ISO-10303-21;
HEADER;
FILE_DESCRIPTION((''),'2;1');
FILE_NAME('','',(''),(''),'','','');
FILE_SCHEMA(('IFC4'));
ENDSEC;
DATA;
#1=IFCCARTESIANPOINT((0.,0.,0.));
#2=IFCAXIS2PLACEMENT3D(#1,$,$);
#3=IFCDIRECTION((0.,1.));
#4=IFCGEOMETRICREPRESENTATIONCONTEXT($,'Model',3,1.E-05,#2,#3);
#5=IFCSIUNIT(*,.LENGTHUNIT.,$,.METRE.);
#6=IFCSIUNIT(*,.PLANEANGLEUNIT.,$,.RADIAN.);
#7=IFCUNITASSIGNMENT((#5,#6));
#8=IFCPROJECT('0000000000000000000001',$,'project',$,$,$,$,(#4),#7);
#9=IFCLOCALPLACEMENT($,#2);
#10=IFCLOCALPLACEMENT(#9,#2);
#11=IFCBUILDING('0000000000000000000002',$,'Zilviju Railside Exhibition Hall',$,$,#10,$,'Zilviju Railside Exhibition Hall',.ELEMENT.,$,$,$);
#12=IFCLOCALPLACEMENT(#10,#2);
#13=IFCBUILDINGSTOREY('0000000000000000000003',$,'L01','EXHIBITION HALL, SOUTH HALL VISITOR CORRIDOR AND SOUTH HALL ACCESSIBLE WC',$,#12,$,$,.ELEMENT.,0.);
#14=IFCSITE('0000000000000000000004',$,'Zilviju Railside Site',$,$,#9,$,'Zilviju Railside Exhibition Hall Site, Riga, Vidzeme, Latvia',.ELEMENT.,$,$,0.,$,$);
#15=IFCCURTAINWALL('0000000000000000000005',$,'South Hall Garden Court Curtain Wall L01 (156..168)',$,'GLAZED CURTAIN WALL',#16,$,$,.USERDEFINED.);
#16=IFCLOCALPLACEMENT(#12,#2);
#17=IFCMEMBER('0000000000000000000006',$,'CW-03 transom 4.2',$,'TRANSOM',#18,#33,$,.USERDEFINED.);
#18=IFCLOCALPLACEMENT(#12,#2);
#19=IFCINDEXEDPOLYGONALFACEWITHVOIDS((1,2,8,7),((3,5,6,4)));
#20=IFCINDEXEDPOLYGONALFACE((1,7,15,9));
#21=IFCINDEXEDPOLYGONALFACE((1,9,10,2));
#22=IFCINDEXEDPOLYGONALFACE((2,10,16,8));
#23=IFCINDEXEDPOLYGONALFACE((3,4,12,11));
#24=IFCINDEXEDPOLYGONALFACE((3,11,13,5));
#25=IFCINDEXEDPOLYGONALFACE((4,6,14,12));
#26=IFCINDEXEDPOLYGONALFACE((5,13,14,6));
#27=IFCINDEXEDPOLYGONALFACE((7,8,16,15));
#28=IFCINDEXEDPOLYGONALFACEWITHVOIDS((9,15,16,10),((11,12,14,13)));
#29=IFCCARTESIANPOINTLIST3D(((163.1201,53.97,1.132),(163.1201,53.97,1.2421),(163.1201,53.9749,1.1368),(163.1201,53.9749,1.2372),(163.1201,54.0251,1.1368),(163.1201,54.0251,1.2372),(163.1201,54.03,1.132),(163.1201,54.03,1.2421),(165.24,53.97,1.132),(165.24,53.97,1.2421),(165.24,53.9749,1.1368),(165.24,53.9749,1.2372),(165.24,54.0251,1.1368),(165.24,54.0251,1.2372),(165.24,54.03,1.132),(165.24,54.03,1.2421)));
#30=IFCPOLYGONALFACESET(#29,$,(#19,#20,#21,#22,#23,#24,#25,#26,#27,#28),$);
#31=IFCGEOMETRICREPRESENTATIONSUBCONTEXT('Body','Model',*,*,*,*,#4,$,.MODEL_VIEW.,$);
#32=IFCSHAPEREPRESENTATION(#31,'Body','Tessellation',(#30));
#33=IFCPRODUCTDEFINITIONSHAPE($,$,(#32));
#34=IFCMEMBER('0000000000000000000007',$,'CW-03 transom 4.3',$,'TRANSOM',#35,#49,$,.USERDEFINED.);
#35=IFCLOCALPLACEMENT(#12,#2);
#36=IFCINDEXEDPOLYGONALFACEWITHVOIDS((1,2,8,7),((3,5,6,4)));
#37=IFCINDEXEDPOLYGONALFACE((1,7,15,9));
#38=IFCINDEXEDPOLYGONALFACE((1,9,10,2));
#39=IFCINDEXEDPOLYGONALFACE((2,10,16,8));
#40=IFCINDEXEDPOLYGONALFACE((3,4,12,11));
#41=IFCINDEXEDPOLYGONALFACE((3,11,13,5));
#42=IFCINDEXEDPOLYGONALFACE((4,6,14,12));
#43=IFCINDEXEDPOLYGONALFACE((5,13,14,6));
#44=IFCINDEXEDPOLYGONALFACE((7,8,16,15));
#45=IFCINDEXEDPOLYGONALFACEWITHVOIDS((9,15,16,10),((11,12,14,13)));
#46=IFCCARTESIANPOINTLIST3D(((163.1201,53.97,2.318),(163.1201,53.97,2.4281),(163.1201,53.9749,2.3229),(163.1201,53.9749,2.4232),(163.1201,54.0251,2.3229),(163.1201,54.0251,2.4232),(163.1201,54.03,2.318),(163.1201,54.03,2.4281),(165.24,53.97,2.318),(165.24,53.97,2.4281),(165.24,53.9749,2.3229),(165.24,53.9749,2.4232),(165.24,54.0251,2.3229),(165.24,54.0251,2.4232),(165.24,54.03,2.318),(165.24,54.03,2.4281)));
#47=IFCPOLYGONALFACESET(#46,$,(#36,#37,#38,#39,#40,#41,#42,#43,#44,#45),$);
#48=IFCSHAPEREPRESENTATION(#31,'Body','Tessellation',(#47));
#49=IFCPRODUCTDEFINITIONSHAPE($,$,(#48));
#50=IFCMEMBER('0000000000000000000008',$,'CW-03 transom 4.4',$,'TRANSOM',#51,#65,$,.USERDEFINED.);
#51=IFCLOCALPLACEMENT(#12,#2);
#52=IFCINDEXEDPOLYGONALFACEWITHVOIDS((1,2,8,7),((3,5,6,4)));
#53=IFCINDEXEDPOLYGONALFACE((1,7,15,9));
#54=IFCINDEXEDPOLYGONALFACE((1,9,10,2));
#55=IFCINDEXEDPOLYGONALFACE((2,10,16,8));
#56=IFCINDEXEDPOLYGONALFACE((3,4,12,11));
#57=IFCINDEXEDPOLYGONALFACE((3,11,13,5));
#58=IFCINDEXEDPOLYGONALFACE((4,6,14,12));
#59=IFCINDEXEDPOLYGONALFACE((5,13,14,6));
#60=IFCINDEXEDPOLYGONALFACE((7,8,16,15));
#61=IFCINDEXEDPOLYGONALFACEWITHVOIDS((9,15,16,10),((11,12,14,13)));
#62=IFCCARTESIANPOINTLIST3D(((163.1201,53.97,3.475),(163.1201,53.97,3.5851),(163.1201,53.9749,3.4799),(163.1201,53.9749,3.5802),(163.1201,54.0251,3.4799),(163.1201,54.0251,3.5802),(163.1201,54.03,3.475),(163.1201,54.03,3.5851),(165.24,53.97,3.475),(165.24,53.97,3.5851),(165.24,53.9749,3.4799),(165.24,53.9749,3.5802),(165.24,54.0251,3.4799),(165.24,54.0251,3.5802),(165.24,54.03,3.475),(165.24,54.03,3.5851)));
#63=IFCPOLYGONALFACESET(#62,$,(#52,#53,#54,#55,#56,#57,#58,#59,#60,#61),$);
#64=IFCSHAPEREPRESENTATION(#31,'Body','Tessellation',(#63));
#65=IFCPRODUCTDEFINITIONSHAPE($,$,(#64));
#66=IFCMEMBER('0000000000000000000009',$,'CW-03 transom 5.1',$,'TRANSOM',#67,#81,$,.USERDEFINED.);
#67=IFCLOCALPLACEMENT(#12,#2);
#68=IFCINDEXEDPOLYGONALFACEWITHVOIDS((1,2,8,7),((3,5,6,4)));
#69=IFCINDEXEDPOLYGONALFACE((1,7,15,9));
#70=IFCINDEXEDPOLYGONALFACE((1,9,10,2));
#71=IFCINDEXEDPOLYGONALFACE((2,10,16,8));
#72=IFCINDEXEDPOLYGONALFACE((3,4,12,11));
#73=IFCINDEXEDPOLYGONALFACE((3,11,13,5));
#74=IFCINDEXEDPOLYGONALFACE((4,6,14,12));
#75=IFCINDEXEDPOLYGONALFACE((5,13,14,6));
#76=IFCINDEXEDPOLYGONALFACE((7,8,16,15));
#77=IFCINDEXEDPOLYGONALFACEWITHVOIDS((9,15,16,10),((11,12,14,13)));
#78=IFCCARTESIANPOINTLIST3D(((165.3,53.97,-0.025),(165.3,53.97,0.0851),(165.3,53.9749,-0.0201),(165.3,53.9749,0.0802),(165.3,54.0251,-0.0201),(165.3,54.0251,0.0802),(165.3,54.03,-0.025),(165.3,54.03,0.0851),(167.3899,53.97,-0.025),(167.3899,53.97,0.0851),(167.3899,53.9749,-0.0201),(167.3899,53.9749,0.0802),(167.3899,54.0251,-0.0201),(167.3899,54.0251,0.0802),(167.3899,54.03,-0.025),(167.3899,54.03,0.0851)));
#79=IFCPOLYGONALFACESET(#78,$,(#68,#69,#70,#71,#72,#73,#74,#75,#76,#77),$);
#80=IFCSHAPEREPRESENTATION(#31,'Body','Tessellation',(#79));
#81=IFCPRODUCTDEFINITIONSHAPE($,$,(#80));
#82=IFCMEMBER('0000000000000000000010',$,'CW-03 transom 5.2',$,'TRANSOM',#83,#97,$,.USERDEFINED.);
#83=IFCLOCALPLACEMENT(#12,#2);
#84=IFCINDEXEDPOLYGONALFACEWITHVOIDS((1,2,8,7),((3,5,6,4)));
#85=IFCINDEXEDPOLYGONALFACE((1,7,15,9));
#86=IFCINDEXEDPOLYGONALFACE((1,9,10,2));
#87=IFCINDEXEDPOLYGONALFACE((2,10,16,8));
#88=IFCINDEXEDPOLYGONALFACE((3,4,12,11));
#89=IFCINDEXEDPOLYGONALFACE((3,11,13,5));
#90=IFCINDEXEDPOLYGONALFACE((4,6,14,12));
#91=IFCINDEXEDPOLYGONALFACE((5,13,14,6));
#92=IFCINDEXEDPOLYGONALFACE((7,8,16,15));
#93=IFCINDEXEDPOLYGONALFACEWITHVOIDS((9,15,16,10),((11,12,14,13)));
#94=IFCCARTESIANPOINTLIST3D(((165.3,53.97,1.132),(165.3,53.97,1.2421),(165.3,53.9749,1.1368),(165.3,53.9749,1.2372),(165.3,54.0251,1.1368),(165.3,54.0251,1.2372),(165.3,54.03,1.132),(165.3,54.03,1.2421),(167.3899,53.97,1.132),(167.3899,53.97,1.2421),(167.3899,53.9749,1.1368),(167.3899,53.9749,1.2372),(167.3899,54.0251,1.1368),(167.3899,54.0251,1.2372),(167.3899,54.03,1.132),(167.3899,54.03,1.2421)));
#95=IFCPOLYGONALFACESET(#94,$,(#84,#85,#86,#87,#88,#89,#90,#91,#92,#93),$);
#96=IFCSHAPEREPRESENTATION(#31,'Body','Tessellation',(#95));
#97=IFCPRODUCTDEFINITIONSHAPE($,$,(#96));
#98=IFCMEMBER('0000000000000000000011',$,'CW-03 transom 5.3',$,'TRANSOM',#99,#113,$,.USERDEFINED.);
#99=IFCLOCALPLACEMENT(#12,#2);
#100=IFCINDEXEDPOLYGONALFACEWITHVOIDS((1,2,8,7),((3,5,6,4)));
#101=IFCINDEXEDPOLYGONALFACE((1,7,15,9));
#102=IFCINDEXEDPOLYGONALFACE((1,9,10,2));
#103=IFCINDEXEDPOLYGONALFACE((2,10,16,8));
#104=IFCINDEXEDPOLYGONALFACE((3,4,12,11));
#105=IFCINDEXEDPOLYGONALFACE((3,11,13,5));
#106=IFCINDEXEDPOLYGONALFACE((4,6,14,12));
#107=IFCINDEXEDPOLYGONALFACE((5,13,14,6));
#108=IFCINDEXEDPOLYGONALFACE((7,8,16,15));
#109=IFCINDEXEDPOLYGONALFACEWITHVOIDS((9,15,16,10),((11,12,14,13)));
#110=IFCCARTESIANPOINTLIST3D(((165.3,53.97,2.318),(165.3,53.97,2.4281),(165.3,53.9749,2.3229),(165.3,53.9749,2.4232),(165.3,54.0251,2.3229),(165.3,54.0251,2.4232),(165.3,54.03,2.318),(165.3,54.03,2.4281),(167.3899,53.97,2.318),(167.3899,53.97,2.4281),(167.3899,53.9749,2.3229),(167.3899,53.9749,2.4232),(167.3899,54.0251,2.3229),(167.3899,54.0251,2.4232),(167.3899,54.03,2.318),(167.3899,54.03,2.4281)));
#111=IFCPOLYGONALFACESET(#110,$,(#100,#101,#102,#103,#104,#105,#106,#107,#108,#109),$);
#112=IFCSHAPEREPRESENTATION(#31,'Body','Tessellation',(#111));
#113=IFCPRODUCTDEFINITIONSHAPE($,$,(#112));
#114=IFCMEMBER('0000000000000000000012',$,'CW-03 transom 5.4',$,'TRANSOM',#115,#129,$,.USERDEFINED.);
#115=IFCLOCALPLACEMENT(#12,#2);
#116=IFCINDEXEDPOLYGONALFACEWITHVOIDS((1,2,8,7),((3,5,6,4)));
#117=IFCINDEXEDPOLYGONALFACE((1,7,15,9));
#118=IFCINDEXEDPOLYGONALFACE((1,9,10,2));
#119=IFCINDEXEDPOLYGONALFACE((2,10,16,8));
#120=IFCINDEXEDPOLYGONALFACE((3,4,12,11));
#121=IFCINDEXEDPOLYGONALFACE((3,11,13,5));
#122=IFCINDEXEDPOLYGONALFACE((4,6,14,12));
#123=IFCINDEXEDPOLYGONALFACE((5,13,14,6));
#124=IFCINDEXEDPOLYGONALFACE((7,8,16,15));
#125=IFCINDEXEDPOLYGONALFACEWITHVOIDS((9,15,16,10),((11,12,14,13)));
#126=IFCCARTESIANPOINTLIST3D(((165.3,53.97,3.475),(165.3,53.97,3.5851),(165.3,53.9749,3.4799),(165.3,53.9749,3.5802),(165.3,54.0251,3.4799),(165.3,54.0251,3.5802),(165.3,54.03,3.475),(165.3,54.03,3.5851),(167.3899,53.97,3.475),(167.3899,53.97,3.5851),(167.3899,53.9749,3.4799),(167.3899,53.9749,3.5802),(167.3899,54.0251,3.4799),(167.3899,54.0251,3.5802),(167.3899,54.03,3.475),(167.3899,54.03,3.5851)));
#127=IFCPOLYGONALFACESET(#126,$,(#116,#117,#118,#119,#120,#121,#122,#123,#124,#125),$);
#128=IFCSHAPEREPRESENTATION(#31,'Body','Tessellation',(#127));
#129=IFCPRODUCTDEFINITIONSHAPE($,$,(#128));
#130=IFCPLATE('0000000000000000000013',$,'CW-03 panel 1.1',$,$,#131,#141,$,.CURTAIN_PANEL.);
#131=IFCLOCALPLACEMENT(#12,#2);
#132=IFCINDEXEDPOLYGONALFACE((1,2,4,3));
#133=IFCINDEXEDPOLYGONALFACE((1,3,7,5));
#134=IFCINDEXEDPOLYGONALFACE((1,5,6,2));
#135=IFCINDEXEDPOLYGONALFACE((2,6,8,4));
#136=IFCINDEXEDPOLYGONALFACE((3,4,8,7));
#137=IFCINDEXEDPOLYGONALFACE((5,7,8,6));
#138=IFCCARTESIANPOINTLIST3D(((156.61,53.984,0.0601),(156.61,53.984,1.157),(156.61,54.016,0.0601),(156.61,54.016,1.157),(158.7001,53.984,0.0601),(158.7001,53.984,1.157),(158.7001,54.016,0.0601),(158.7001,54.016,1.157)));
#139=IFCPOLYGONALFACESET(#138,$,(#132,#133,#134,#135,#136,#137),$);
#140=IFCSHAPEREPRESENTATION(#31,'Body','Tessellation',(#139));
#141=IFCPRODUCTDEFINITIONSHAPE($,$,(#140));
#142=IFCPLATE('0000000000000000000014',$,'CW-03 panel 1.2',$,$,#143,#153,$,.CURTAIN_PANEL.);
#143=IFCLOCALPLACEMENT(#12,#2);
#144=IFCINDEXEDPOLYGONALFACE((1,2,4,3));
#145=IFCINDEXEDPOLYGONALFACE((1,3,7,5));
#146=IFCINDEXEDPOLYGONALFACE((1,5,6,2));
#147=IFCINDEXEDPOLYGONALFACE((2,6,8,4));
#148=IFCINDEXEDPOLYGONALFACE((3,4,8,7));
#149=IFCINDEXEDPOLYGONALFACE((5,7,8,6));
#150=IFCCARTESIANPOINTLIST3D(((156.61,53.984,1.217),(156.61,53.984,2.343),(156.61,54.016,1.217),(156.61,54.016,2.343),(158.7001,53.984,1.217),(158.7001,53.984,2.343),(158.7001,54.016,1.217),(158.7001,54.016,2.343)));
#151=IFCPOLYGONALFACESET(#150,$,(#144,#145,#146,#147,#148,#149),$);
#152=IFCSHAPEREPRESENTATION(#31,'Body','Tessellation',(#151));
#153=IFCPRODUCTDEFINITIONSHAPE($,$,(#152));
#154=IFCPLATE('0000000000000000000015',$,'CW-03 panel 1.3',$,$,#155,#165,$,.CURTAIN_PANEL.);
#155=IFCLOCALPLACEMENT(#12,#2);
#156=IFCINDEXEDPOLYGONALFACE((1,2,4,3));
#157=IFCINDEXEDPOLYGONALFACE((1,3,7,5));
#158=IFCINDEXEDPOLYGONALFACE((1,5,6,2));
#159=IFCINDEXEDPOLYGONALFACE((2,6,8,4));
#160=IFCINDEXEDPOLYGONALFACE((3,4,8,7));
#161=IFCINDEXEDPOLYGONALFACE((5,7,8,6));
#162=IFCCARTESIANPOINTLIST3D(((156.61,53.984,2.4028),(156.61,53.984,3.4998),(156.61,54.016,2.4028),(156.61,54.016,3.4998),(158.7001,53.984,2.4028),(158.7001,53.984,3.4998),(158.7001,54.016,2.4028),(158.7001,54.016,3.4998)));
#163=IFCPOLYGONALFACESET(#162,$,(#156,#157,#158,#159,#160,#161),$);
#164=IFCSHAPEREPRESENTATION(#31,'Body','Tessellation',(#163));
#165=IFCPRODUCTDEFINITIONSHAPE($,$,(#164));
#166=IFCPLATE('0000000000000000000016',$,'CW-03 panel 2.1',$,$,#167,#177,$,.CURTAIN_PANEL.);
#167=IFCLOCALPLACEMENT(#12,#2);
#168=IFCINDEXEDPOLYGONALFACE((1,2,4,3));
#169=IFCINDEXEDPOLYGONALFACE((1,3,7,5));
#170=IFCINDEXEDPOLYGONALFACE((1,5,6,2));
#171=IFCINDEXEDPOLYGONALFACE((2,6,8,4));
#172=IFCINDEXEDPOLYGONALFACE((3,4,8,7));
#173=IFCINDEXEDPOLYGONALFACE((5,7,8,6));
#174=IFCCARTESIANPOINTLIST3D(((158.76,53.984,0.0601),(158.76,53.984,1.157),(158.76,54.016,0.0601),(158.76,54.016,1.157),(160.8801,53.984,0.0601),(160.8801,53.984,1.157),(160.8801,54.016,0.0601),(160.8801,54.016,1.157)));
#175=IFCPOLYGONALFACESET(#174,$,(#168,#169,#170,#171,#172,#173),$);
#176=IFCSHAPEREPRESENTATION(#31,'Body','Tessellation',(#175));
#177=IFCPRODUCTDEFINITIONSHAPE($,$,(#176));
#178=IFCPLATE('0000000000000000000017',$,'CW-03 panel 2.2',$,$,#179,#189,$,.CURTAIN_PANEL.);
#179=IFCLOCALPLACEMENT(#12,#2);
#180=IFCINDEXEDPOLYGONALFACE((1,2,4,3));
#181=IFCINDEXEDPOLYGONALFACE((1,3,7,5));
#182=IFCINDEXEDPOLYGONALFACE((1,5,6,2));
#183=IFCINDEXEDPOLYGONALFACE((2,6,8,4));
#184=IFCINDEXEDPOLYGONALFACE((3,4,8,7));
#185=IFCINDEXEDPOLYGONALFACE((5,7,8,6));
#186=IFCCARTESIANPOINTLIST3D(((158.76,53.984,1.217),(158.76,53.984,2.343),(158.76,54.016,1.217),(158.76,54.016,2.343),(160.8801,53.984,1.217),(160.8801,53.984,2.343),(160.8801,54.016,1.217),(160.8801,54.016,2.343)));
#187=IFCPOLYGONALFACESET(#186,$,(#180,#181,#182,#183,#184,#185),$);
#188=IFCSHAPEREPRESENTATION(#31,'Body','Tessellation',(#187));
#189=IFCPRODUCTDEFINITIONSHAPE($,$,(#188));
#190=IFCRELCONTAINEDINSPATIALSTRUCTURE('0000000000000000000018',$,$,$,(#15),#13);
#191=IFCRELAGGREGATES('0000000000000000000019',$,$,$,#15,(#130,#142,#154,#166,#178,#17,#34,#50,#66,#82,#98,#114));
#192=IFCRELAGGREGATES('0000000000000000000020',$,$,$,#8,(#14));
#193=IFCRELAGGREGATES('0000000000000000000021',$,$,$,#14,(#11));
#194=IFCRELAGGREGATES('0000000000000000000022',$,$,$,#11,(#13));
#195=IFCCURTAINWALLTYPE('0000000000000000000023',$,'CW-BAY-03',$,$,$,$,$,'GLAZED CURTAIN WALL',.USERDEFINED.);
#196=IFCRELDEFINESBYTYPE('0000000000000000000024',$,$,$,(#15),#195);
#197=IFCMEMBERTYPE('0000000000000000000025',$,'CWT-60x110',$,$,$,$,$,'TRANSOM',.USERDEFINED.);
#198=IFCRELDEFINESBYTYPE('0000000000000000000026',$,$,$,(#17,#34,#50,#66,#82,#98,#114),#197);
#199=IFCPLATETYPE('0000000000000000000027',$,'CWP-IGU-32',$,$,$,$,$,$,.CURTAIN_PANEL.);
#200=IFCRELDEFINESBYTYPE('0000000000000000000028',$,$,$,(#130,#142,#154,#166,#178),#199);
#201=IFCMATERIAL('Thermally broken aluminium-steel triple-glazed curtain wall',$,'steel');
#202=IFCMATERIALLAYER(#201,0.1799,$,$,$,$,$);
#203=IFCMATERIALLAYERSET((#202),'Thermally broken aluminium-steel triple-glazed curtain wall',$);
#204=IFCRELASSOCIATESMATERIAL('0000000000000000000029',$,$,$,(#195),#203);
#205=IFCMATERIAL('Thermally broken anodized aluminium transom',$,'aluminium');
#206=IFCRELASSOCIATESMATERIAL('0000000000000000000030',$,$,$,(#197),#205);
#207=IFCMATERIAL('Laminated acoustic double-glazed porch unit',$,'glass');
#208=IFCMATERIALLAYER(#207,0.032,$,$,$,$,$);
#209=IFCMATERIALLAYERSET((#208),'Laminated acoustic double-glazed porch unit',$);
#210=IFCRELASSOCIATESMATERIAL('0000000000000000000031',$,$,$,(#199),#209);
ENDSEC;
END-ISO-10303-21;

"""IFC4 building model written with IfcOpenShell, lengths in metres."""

from ifc_helpers import new_model, si_unit, direction, frame, origin, origin_2d, place, context, subcontext, project, spatial, rectangle, hollow_rectangle, extrude, material, layer, layer_set, material_profile, profile_set, type_object, element, aggregate, save


model = new_model("IFC4")

# Units and contexts
model_context = context("Model", 3, precision=1e-05, world=origin(), true_north=direction((0.0, 1.0)))
body_context = subcontext(model_context, "Body", "Model", "MODEL_VIEW")
ifc_project = project(units=[si_unit("LENGTHUNIT", "METRE"), si_unit("PLANEANGLEUNIT", "RADIAN")], contexts=[model_context])

# Site, building, storey
site_placement = place(None, origin())
site = spatial("IfcSite", under=ifc_project, at=site_placement, Name="Zilviju Railside Site", LongName="Zilviju Railside Exhibition Hall Site, Riga, Vidzeme, Latvia", CompositionType="ELEMENT", RefElevation=0.0)
building_placement = place(site_placement, origin())
building = spatial("IfcBuilding", under=site, at=building_placement, Name="Zilviju Railside Exhibition Hall", LongName="Zilviju Railside Exhibition Hall", CompositionType="ELEMENT")
storey_placement = place(building_placement, origin())
storey = spatial("IfcBuildingStorey", under=building, at=storey_placement, Name="L01", Description="EXHIBITION HALL, SOUTH HALL VISITOR CORRIDOR AND SOUTH HALL ACCESSIBLE WC", CompositionType="ELEMENT", Elevation=0.0)

# Curtain wall, members, plates
ifc_material_1 = material(Name="Thermally broken aluminium-steel triple-glazed curtain wall", Category="steel")
ifc_layer_1 = layer(ifc_material_1, 0.1799)
ifc_layer_set_1 = layer_set([ifc_layer_1], Name="Thermally broken aluminium-steel triple-glazed curtain wall")
curtain_wall_type = type_object("IfcCurtainWallType", Name="CW-BAY-03", ElementType="GLAZED CURTAIN WALL", PredefinedType="USERDEFINED", material=ifc_layer_set_1)
curtain_wall_placement = place(storey_placement, origin())
curtain_wall = element("IfcCurtainWall", 1, at=curtain_wall_placement, inside=storey, type_object=curtain_wall_type, Name="South Hall Garden Court Curtain Wall L01 (156..168)", ObjectType="GLAZED CURTAIN WALL", PredefinedType="USERDEFINED")
ifc_material_2 = material(Name="Thermally broken anodized aluminium transom", Category="aluminium")
ifc_material_profile_1 = material_profile(ifc_material_2, hollow_rectangle(XDim=0.0601, YDim=0.1101, WallThickness=0.0049, at=origin_2d()), Name="TRANSOM 110x60x5")
ifc_profile_set_1 = profile_set([ifc_material_profile_1], Name="Thermally broken anodized aluminium transom")
member_type_1 = type_object("IfcMemberType", Name="CWT-60x110", ElementType="TRANSOM", PredefinedType="USERDEFINED", material=ifc_profile_set_1)
member_1_placement = place(storey_placement, frame((163.1201, 54.0, 1.187), z_axis=(1.0, 0.0, 0.0), x_axis=(0.0, 1.0, 0.0)))
member_1 = element("IfcMember", 2, at=member_1_placement, type_object=member_type_1, Name="CW-03 transom 4.2", ObjectType="TRANSOM", PredefinedType="USERDEFINED", context=body_context, shape_type="SweptSolid", body=[
    extrude(hollow_rectangle(XDim=0.0601, YDim=0.1101, WallThickness=0.0049, at=origin_2d()), origin(), (0.0, 0.0, 1.0), 2.1199),
])
member_2_placement = place(storey_placement, frame((163.1201, 54.0, 2.373), z_axis=(1.0, 0.0, 0.0), x_axis=(0.0, 1.0, 0.0)))
member_2 = element("IfcMember", 3, at=member_2_placement, type_object=member_type_1, Name="CW-03 transom 4.3", ObjectType="TRANSOM", PredefinedType="USERDEFINED", context=body_context, shape_type="SweptSolid", body=[
    extrude(hollow_rectangle(XDim=0.0601, YDim=0.1101, WallThickness=0.0049, at=origin_2d()), origin(), (0.0, 0.0, 1.0), 2.1199),
])
member_3_placement = place(storey_placement, frame((163.1201, 54.0, 3.53), z_axis=(1.0, 0.0, 0.0), x_axis=(0.0, 1.0, 0.0)))
member_3 = element("IfcMember", 4, at=member_3_placement, type_object=member_type_1, Name="CW-03 transom 4.4", ObjectType="TRANSOM", PredefinedType="USERDEFINED", context=body_context, shape_type="SweptSolid", body=[
    extrude(hollow_rectangle(XDim=0.0601, YDim=0.1101, WallThickness=0.0049, at=origin_2d()), origin(), (0.0, 0.0, 1.0), 2.1199),
])
member_4_placement = place(storey_placement, frame((165.3, 54.0, 0.03), z_axis=(1.0, 0.0, 0.0), x_axis=(0.0, 1.0, 0.0)))
member_4 = element("IfcMember", 5, at=member_4_placement, type_object=member_type_1, Name="CW-03 transom 5.1", ObjectType="TRANSOM", PredefinedType="USERDEFINED", context=body_context, shape_type="SweptSolid", body=[
    extrude(hollow_rectangle(XDim=0.0601, YDim=0.1101, WallThickness=0.0049, at=origin_2d()), origin(), (0.0, 0.0, 1.0), 2.0898),
])
member_5_placement = place(storey_placement, frame((165.3, 54.0, 1.187), z_axis=(1.0, 0.0, 0.0), x_axis=(0.0, 1.0, 0.0)))
member_5 = element("IfcMember", 6, at=member_5_placement, type_object=member_type_1, Name="CW-03 transom 5.2", ObjectType="TRANSOM", PredefinedType="USERDEFINED", context=body_context, shape_type="SweptSolid", body=[
    extrude(hollow_rectangle(XDim=0.0601, YDim=0.1101, WallThickness=0.0049, at=origin_2d()), origin(), (0.0, 0.0, 1.0), 2.0898),
])
member_6_placement = place(storey_placement, frame((165.3, 54.0, 2.373), z_axis=(1.0, 0.0, 0.0), x_axis=(0.0, 1.0, 0.0)))
member_6 = element("IfcMember", 7, at=member_6_placement, type_object=member_type_1, Name="CW-03 transom 5.3", ObjectType="TRANSOM", PredefinedType="USERDEFINED", context=body_context, shape_type="SweptSolid", body=[
    extrude(hollow_rectangle(XDim=0.0601, YDim=0.1101, WallThickness=0.0049, at=origin_2d()), origin(), (0.0, 0.0, 1.0), 2.0898),
])
member_7_placement = place(storey_placement, frame((165.3, 54.0, 3.53), z_axis=(1.0, 0.0, 0.0), x_axis=(0.0, 1.0, 0.0)))
member_7 = element("IfcMember", 8, at=member_7_placement, type_object=member_type_1, Name="CW-03 transom 5.4", ObjectType="TRANSOM", PredefinedType="USERDEFINED", context=body_context, shape_type="SweptSolid", body=[
    extrude(hollow_rectangle(XDim=0.0601, YDim=0.1101, WallThickness=0.0049, at=origin_2d()), origin(), (0.0, 0.0, 1.0), 2.0898),
])
ifc_material_3 = material(Name="Laminated acoustic double-glazed porch unit", Category="glass")
ifc_layer_2 = layer(ifc_material_3, 0.032)
ifc_layer_set_2 = layer_set([ifc_layer_2], Name="Laminated acoustic double-glazed porch unit")
plate_type = type_object("IfcPlateType", Name="CWP-IGU-32", PredefinedType="CURTAIN_PANEL", material=ifc_layer_set_2)
plate_1_placement = place(storey_placement, frame((157.655, 54.0, 0.0601), z_axis=(0.0, 0.0, 1.0), x_axis=(1.0, 0.0, 0.0)))
plate_1 = element("IfcPlate", 9, at=plate_1_placement, type_object=plate_type, Name="CW-03 panel 1.1", PredefinedType="CURTAIN_PANEL", context=body_context, shape_type="SweptSolid", body=[
    extrude(rectangle(XDim=2.0901, YDim=0.032, at=origin_2d()), origin(), (0.0, 0.0, 1.0), 1.0969),
])
plate_2_placement = place(storey_placement, frame((157.655, 54.0, 1.217), z_axis=(0.0, 0.0, 1.0), x_axis=(1.0, 0.0, 0.0)))
plate_2 = element("IfcPlate", 10, at=plate_2_placement, type_object=plate_type, Name="CW-03 panel 1.2", PredefinedType="CURTAIN_PANEL", context=body_context, shape_type="SweptSolid", body=[
    extrude(rectangle(XDim=2.0901, YDim=0.032, at=origin_2d()), origin(), (0.0, 0.0, 1.0), 1.126),
])
plate_3_placement = place(storey_placement, frame((157.655, 54.0, 2.4028), z_axis=(0.0, 0.0, 1.0), x_axis=(1.0, 0.0, 0.0)))
plate_3 = element("IfcPlate", 11, at=plate_3_placement, type_object=plate_type, Name="CW-03 panel 1.3", PredefinedType="CURTAIN_PANEL", context=body_context, shape_type="SweptSolid", body=[
    extrude(rectangle(XDim=2.0901, YDim=0.032, at=origin_2d()), origin(), (0.0, 0.0, 1.0), 1.0969),
])
plate_4_placement = place(storey_placement, frame((159.8201, 54.0, 0.0601), z_axis=(0.0, 0.0, 1.0), x_axis=(1.0, 0.0, 0.0)))
plate_4 = element("IfcPlate", 12, at=plate_4_placement, type_object=plate_type, Name="CW-03 panel 2.1", PredefinedType="CURTAIN_PANEL", context=body_context, shape_type="SweptSolid", body=[
    extrude(rectangle(XDim=2.1201, YDim=0.032, at=origin_2d()), origin(), (0.0, 0.0, 1.0), 1.0969),
])
plate_5_placement = place(storey_placement, frame((159.8201, 54.0, 1.217), z_axis=(0.0, 0.0, 1.0), x_axis=(1.0, 0.0, 0.0)))
plate_5 = element("IfcPlate", 13, at=plate_5_placement, type_object=plate_type, Name="CW-03 panel 2.2", PredefinedType="CURTAIN_PANEL", context=body_context, shape_type="SweptSolid", body=[
    extrude(rectangle(XDim=2.1201, YDim=0.032, at=origin_2d()), origin(), (0.0, 0.0, 1.0), 1.126),
])
aggregate(curtain_wall, [plate_1, plate_2, plate_3, plate_4, plate_5, member_1, member_2, member_3, member_4, member_5, member_6, member_7])

save(model, "model.ifc")
